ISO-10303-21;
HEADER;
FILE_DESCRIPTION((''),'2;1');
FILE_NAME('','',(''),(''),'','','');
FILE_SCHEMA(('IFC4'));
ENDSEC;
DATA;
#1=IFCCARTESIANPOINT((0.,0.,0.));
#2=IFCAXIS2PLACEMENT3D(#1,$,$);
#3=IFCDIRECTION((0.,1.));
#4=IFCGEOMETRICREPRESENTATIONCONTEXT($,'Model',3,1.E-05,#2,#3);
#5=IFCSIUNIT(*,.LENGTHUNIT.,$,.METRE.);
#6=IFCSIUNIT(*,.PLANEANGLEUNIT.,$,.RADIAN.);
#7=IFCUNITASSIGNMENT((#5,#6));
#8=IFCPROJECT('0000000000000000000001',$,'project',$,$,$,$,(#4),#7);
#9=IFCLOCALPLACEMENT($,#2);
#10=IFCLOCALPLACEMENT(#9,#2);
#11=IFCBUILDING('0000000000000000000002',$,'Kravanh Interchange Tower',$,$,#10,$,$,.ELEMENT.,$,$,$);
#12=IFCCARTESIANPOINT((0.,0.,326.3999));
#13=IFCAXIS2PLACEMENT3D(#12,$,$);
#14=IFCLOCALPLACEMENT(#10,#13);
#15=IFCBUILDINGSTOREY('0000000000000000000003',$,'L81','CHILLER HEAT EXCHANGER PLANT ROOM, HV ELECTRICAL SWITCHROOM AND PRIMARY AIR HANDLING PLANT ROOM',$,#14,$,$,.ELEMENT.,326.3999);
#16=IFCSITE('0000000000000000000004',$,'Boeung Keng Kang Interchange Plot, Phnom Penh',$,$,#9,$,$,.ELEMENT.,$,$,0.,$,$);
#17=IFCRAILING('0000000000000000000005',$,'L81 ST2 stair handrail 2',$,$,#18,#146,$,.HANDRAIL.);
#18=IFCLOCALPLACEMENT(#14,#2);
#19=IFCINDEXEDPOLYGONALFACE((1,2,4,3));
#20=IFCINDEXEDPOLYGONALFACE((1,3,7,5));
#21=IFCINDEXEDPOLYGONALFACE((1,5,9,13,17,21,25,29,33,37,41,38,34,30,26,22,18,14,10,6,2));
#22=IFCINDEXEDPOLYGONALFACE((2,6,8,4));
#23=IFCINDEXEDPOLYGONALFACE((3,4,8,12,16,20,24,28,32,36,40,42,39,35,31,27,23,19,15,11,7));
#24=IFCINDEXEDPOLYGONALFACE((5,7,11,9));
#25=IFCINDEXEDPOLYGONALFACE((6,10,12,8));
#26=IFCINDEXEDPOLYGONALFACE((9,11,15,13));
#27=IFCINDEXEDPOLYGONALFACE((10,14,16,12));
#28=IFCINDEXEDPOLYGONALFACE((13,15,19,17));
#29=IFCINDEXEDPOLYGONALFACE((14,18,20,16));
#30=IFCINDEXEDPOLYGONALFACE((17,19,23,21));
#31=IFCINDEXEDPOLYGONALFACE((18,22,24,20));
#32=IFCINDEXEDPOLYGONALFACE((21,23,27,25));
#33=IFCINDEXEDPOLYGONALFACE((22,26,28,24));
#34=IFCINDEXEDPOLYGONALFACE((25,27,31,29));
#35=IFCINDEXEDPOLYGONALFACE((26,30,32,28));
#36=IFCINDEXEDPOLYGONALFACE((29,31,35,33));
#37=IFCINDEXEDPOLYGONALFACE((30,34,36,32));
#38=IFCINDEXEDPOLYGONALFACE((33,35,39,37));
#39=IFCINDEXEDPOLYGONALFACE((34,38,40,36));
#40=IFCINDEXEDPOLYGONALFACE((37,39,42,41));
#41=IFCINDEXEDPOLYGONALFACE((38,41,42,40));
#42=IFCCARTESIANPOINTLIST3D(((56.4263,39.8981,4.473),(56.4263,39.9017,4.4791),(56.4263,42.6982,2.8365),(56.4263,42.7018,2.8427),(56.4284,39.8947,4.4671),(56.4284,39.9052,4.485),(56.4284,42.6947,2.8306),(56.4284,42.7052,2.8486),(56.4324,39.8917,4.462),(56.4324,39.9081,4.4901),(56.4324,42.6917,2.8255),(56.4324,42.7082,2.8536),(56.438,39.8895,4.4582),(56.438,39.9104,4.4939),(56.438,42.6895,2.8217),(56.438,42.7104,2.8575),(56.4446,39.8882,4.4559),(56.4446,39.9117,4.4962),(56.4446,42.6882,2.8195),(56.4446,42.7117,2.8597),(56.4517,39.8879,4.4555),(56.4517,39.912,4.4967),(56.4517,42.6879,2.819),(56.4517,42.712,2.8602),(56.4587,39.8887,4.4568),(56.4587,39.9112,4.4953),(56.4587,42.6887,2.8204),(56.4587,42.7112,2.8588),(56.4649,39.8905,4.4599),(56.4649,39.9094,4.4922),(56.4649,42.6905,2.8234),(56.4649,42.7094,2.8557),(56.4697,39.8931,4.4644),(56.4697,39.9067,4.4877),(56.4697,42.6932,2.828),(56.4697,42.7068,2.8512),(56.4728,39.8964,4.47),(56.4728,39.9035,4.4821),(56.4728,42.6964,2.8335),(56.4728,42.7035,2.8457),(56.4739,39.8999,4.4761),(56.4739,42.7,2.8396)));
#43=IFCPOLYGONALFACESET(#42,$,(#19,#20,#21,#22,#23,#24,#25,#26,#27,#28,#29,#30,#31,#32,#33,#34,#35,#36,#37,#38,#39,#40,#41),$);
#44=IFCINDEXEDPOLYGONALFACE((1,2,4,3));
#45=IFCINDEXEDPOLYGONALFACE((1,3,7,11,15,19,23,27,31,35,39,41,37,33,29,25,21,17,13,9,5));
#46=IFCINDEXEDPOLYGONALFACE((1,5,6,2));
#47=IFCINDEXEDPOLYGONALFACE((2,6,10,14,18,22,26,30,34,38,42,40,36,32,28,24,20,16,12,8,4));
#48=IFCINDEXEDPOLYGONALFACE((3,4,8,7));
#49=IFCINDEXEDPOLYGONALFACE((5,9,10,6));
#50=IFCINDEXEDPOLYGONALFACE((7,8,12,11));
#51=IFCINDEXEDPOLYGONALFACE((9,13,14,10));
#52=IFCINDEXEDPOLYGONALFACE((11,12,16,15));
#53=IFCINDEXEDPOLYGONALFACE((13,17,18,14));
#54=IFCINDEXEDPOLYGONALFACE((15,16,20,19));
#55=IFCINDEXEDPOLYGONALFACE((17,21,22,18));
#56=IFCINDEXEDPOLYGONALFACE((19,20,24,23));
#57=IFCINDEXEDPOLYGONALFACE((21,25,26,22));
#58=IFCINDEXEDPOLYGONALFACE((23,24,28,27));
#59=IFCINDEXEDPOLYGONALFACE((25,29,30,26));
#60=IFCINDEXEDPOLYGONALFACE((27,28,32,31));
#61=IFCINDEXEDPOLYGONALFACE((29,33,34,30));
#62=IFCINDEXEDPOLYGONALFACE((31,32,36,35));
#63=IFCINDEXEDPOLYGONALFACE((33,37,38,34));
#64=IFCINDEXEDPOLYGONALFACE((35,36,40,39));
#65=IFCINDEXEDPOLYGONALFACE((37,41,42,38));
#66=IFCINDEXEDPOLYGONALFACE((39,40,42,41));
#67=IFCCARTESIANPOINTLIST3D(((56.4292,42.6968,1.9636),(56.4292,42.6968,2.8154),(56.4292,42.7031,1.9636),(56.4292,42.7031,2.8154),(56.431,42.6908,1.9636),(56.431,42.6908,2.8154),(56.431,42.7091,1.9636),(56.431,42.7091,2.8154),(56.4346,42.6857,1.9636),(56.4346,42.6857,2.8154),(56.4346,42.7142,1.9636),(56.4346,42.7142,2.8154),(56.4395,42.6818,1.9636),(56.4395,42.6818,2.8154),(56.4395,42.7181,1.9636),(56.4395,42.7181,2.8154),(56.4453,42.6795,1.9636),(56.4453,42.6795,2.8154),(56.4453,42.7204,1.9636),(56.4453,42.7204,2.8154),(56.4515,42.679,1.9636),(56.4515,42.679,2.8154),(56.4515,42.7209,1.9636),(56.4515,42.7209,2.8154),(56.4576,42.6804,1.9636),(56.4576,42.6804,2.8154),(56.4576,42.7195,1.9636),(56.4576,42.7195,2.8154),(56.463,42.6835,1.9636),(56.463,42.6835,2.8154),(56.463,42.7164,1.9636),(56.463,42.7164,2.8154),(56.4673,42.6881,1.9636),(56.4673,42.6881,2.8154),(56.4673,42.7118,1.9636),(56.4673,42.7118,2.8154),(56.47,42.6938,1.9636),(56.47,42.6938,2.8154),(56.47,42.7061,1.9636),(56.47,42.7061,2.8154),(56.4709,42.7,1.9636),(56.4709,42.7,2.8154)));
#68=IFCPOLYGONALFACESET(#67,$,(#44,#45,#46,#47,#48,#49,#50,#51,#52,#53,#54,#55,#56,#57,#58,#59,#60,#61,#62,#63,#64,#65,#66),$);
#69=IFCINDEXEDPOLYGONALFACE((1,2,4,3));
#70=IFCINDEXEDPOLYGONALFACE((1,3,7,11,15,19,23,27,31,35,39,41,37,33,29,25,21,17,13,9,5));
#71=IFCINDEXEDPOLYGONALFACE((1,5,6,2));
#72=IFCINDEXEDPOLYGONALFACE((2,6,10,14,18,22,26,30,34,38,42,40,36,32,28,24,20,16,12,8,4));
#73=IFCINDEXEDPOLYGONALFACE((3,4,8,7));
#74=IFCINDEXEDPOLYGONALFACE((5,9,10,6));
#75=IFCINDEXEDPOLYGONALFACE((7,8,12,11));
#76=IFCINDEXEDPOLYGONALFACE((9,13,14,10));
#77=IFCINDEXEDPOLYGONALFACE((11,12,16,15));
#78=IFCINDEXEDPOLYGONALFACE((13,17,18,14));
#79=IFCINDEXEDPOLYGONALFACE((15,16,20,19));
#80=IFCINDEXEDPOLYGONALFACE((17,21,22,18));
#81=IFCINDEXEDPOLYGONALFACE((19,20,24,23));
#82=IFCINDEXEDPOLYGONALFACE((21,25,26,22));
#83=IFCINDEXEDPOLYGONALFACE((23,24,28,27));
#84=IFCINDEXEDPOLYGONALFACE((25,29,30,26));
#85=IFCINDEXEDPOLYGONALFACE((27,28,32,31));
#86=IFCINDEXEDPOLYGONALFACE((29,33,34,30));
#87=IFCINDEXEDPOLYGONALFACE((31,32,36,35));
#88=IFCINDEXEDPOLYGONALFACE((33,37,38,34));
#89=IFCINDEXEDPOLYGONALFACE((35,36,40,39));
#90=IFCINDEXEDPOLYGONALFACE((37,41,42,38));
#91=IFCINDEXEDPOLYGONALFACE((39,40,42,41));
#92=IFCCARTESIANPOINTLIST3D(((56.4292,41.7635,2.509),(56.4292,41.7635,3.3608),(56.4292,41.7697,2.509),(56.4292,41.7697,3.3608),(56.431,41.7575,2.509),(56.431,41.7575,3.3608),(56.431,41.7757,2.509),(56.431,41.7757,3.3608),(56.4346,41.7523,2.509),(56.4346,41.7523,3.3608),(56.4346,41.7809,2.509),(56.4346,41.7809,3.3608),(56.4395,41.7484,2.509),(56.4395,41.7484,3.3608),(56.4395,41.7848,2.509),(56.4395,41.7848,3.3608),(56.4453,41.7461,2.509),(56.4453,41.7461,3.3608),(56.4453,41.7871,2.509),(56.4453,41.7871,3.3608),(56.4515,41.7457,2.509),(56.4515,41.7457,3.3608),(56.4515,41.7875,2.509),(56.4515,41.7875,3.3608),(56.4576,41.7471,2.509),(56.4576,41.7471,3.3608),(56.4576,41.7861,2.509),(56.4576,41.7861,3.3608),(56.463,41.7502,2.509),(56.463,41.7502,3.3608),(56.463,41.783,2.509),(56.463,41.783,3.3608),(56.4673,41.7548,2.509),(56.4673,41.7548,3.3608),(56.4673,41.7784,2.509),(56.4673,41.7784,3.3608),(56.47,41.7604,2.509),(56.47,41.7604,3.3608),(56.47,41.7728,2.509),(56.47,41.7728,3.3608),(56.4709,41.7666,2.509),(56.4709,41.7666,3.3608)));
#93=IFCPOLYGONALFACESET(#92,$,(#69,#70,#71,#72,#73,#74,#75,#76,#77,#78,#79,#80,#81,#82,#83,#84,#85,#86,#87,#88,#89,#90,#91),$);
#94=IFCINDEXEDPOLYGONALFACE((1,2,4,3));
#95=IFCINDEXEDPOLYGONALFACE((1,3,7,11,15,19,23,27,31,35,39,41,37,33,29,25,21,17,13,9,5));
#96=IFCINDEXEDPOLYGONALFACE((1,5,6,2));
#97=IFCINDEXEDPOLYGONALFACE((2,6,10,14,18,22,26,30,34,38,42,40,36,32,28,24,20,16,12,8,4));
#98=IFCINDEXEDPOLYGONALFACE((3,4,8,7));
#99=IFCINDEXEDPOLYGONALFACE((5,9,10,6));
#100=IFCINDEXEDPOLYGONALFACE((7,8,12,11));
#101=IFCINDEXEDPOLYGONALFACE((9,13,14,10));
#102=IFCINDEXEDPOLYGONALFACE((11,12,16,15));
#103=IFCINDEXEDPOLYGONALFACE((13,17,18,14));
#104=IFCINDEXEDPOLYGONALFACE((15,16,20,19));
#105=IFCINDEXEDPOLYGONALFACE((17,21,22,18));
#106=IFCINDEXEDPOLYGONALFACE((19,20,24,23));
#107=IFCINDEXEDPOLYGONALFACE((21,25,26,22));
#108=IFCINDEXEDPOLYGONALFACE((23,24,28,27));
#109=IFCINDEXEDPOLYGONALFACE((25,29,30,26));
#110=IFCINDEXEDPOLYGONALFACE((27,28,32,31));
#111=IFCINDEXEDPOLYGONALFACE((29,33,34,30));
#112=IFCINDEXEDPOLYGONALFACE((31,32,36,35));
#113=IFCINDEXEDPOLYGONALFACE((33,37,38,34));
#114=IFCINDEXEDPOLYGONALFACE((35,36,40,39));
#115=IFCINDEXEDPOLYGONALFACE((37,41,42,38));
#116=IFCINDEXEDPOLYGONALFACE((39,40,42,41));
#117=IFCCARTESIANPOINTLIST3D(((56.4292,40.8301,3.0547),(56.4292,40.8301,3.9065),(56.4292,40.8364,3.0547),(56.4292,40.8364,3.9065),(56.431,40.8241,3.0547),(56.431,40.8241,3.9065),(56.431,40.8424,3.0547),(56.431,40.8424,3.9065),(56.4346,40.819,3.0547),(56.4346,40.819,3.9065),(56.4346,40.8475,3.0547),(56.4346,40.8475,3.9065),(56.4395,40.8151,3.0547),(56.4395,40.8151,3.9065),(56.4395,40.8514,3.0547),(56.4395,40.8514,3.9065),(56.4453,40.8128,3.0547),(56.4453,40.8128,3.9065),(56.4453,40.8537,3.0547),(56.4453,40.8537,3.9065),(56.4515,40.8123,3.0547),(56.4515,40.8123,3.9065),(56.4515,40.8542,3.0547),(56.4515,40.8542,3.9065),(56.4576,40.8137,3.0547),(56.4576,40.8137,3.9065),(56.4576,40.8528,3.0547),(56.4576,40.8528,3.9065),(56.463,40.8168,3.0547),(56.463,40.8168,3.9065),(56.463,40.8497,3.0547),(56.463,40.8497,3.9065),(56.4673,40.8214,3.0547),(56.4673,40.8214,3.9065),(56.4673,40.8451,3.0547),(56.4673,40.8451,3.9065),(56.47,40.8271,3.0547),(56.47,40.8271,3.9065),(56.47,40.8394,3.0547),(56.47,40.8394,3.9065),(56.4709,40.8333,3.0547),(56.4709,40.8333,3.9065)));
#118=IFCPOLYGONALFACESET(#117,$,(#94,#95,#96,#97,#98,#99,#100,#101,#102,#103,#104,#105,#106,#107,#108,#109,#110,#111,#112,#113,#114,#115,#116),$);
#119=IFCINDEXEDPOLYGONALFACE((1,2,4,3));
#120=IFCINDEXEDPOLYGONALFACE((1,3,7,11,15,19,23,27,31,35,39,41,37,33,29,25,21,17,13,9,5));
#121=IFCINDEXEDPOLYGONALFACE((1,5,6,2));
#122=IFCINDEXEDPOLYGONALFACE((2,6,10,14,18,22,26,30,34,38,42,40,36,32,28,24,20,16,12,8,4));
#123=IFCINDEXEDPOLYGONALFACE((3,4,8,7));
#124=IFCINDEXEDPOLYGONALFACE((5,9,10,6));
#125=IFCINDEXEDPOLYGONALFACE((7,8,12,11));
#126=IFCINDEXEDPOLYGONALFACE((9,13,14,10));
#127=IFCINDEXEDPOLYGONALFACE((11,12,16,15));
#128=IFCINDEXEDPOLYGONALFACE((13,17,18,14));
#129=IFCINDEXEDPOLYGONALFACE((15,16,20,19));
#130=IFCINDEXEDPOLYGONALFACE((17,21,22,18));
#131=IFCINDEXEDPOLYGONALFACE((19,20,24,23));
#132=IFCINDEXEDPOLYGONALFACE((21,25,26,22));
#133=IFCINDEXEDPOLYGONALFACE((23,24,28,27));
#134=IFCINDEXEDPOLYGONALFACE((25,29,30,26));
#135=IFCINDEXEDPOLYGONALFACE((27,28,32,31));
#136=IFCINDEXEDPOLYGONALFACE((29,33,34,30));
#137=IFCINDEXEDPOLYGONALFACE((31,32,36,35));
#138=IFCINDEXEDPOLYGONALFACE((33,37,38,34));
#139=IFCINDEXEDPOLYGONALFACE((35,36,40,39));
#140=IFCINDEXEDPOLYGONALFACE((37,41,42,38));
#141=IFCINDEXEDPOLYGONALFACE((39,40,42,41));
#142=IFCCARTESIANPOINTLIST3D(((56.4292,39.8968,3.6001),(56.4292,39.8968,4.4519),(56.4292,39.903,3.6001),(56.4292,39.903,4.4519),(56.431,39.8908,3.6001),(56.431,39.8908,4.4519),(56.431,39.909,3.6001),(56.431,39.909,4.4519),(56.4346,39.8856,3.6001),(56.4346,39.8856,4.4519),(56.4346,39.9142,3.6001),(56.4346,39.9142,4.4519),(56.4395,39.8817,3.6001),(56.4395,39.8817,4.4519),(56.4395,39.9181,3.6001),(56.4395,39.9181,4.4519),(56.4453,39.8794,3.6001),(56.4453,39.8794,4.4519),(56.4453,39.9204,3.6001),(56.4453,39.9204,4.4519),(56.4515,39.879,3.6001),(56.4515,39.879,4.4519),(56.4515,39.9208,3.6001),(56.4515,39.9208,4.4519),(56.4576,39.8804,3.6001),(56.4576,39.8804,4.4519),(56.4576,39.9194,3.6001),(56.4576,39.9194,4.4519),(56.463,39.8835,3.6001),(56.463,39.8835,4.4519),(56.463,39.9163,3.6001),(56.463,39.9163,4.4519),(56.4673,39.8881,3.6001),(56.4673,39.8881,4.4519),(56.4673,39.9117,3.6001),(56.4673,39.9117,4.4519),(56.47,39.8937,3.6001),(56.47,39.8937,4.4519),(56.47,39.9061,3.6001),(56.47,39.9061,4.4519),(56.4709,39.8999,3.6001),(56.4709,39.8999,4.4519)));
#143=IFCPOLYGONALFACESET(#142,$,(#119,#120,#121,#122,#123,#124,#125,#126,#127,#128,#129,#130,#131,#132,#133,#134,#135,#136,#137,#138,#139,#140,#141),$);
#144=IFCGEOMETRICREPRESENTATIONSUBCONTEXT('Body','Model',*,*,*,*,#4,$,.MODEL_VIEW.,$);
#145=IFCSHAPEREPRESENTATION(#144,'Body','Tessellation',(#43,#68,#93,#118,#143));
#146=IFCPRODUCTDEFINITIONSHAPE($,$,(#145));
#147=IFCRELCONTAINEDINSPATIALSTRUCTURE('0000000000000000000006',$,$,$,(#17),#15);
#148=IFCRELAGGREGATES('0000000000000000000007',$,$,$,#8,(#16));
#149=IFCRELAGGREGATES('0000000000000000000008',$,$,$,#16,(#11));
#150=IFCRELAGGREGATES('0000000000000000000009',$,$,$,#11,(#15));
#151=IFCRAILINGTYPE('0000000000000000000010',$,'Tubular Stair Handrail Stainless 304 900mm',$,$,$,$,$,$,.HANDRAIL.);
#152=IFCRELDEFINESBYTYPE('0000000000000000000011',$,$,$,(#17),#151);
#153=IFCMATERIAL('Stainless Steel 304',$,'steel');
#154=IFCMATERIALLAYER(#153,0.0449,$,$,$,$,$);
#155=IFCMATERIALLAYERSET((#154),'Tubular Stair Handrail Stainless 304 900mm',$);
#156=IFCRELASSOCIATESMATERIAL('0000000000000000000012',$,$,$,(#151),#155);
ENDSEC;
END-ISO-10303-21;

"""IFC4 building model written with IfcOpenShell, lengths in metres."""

from ifc_helpers import new_model, si_unit, direction, frame, origin, origin_2d, place, context, subcontext, project, spatial, circle, extrude, material, layer, layer_set, type_object, element, save


model = new_model("IFC4")

# Units and contexts
model_context = context("Model", 3, precision=1e-05, world=origin(), true_north=direction((0.0, 1.0)))
body_context = subcontext(model_context, "Body", "Model", "MODEL_VIEW")
ifc_project = project(units=[si_unit("LENGTHUNIT", "METRE"), si_unit("PLANEANGLEUNIT", "RADIAN")], contexts=[model_context])

# Site, building, storey
site_placement = place(None, origin())
site = spatial("IfcSite", under=ifc_project, at=site_placement, Name="Boeung Keng Kang Interchange Plot, Phnom Penh", CompositionType="ELEMENT", RefElevation=0.0)
building_placement = place(site_placement, origin())
building = spatial("IfcBuilding", under=site, at=building_placement, Name="Kravanh Interchange Tower", CompositionType="ELEMENT")
storey_placement = place(building_placement, frame((0.0, 0.0, 326.3999)))
storey = spatial("IfcBuildingStorey", under=building, at=storey_placement, Name="L81", Description="CHILLER HEAT EXCHANGER PLANT ROOM, HV ELECTRICAL SWITCHROOM AND PRIMARY AIR HANDLING PLANT ROOM", CompositionType="ELEMENT", Elevation=326.3999)

# Railing
ifc_material_1 = material(Name="Stainless Steel 304", Category="steel")
ifc_layer_1 = layer(ifc_material_1, 0.0449)
ifc_layer_set_1 = layer_set([ifc_layer_1], Name="Tubular Stair Handrail Stainless 304 900mm")
railing_type = type_object("IfcRailingType", Name="Tubular Stair Handrail Stainless 304 900mm", PredefinedType="HANDRAIL", material=ifc_layer_set_1)
railing_placement = place(storey_placement, frame((56.45, 42.7, 1.9636)))
element("IfcRailing", 1, at=railing_placement, inside=storey, type_object=railing_type, Name="L81 ST2 stair handrail 2", PredefinedType="HANDRAIL", context=body_context, shape_type="SweptSolid", body=[
    extrude(circle(Radius=0.0239, at=origin_2d()), frame((0.0, 0.0, 0.876), z_axis=(0.0, -0.863361, 0.504587), x_axis=(1.0, 0.0, 0.0)), (0.0, 0.0, 1.0), 3.2432),
    extrude(circle(Radius=0.021, at=origin_2d()), origin(), (0.0, 0.0, 1.0), 0.8518),
    extrude(circle(Radius=0.021, at=origin_2d()), frame((0.0, -0.9333, 0.5454)), (0.0, 0.0, 1.0), 0.8518),
    extrude(circle(Radius=0.021, at=origin_2d()), frame((0.0, -1.8667, 1.0911)), (0.0, 0.0, 1.0), 0.8518),
    extrude(circle(Radius=0.021, at=origin_2d()), frame((0.0, -2.8, 1.6365)), (0.0, 0.0, 1.0), 0.8518),
])

save(model, "model.ifc")
